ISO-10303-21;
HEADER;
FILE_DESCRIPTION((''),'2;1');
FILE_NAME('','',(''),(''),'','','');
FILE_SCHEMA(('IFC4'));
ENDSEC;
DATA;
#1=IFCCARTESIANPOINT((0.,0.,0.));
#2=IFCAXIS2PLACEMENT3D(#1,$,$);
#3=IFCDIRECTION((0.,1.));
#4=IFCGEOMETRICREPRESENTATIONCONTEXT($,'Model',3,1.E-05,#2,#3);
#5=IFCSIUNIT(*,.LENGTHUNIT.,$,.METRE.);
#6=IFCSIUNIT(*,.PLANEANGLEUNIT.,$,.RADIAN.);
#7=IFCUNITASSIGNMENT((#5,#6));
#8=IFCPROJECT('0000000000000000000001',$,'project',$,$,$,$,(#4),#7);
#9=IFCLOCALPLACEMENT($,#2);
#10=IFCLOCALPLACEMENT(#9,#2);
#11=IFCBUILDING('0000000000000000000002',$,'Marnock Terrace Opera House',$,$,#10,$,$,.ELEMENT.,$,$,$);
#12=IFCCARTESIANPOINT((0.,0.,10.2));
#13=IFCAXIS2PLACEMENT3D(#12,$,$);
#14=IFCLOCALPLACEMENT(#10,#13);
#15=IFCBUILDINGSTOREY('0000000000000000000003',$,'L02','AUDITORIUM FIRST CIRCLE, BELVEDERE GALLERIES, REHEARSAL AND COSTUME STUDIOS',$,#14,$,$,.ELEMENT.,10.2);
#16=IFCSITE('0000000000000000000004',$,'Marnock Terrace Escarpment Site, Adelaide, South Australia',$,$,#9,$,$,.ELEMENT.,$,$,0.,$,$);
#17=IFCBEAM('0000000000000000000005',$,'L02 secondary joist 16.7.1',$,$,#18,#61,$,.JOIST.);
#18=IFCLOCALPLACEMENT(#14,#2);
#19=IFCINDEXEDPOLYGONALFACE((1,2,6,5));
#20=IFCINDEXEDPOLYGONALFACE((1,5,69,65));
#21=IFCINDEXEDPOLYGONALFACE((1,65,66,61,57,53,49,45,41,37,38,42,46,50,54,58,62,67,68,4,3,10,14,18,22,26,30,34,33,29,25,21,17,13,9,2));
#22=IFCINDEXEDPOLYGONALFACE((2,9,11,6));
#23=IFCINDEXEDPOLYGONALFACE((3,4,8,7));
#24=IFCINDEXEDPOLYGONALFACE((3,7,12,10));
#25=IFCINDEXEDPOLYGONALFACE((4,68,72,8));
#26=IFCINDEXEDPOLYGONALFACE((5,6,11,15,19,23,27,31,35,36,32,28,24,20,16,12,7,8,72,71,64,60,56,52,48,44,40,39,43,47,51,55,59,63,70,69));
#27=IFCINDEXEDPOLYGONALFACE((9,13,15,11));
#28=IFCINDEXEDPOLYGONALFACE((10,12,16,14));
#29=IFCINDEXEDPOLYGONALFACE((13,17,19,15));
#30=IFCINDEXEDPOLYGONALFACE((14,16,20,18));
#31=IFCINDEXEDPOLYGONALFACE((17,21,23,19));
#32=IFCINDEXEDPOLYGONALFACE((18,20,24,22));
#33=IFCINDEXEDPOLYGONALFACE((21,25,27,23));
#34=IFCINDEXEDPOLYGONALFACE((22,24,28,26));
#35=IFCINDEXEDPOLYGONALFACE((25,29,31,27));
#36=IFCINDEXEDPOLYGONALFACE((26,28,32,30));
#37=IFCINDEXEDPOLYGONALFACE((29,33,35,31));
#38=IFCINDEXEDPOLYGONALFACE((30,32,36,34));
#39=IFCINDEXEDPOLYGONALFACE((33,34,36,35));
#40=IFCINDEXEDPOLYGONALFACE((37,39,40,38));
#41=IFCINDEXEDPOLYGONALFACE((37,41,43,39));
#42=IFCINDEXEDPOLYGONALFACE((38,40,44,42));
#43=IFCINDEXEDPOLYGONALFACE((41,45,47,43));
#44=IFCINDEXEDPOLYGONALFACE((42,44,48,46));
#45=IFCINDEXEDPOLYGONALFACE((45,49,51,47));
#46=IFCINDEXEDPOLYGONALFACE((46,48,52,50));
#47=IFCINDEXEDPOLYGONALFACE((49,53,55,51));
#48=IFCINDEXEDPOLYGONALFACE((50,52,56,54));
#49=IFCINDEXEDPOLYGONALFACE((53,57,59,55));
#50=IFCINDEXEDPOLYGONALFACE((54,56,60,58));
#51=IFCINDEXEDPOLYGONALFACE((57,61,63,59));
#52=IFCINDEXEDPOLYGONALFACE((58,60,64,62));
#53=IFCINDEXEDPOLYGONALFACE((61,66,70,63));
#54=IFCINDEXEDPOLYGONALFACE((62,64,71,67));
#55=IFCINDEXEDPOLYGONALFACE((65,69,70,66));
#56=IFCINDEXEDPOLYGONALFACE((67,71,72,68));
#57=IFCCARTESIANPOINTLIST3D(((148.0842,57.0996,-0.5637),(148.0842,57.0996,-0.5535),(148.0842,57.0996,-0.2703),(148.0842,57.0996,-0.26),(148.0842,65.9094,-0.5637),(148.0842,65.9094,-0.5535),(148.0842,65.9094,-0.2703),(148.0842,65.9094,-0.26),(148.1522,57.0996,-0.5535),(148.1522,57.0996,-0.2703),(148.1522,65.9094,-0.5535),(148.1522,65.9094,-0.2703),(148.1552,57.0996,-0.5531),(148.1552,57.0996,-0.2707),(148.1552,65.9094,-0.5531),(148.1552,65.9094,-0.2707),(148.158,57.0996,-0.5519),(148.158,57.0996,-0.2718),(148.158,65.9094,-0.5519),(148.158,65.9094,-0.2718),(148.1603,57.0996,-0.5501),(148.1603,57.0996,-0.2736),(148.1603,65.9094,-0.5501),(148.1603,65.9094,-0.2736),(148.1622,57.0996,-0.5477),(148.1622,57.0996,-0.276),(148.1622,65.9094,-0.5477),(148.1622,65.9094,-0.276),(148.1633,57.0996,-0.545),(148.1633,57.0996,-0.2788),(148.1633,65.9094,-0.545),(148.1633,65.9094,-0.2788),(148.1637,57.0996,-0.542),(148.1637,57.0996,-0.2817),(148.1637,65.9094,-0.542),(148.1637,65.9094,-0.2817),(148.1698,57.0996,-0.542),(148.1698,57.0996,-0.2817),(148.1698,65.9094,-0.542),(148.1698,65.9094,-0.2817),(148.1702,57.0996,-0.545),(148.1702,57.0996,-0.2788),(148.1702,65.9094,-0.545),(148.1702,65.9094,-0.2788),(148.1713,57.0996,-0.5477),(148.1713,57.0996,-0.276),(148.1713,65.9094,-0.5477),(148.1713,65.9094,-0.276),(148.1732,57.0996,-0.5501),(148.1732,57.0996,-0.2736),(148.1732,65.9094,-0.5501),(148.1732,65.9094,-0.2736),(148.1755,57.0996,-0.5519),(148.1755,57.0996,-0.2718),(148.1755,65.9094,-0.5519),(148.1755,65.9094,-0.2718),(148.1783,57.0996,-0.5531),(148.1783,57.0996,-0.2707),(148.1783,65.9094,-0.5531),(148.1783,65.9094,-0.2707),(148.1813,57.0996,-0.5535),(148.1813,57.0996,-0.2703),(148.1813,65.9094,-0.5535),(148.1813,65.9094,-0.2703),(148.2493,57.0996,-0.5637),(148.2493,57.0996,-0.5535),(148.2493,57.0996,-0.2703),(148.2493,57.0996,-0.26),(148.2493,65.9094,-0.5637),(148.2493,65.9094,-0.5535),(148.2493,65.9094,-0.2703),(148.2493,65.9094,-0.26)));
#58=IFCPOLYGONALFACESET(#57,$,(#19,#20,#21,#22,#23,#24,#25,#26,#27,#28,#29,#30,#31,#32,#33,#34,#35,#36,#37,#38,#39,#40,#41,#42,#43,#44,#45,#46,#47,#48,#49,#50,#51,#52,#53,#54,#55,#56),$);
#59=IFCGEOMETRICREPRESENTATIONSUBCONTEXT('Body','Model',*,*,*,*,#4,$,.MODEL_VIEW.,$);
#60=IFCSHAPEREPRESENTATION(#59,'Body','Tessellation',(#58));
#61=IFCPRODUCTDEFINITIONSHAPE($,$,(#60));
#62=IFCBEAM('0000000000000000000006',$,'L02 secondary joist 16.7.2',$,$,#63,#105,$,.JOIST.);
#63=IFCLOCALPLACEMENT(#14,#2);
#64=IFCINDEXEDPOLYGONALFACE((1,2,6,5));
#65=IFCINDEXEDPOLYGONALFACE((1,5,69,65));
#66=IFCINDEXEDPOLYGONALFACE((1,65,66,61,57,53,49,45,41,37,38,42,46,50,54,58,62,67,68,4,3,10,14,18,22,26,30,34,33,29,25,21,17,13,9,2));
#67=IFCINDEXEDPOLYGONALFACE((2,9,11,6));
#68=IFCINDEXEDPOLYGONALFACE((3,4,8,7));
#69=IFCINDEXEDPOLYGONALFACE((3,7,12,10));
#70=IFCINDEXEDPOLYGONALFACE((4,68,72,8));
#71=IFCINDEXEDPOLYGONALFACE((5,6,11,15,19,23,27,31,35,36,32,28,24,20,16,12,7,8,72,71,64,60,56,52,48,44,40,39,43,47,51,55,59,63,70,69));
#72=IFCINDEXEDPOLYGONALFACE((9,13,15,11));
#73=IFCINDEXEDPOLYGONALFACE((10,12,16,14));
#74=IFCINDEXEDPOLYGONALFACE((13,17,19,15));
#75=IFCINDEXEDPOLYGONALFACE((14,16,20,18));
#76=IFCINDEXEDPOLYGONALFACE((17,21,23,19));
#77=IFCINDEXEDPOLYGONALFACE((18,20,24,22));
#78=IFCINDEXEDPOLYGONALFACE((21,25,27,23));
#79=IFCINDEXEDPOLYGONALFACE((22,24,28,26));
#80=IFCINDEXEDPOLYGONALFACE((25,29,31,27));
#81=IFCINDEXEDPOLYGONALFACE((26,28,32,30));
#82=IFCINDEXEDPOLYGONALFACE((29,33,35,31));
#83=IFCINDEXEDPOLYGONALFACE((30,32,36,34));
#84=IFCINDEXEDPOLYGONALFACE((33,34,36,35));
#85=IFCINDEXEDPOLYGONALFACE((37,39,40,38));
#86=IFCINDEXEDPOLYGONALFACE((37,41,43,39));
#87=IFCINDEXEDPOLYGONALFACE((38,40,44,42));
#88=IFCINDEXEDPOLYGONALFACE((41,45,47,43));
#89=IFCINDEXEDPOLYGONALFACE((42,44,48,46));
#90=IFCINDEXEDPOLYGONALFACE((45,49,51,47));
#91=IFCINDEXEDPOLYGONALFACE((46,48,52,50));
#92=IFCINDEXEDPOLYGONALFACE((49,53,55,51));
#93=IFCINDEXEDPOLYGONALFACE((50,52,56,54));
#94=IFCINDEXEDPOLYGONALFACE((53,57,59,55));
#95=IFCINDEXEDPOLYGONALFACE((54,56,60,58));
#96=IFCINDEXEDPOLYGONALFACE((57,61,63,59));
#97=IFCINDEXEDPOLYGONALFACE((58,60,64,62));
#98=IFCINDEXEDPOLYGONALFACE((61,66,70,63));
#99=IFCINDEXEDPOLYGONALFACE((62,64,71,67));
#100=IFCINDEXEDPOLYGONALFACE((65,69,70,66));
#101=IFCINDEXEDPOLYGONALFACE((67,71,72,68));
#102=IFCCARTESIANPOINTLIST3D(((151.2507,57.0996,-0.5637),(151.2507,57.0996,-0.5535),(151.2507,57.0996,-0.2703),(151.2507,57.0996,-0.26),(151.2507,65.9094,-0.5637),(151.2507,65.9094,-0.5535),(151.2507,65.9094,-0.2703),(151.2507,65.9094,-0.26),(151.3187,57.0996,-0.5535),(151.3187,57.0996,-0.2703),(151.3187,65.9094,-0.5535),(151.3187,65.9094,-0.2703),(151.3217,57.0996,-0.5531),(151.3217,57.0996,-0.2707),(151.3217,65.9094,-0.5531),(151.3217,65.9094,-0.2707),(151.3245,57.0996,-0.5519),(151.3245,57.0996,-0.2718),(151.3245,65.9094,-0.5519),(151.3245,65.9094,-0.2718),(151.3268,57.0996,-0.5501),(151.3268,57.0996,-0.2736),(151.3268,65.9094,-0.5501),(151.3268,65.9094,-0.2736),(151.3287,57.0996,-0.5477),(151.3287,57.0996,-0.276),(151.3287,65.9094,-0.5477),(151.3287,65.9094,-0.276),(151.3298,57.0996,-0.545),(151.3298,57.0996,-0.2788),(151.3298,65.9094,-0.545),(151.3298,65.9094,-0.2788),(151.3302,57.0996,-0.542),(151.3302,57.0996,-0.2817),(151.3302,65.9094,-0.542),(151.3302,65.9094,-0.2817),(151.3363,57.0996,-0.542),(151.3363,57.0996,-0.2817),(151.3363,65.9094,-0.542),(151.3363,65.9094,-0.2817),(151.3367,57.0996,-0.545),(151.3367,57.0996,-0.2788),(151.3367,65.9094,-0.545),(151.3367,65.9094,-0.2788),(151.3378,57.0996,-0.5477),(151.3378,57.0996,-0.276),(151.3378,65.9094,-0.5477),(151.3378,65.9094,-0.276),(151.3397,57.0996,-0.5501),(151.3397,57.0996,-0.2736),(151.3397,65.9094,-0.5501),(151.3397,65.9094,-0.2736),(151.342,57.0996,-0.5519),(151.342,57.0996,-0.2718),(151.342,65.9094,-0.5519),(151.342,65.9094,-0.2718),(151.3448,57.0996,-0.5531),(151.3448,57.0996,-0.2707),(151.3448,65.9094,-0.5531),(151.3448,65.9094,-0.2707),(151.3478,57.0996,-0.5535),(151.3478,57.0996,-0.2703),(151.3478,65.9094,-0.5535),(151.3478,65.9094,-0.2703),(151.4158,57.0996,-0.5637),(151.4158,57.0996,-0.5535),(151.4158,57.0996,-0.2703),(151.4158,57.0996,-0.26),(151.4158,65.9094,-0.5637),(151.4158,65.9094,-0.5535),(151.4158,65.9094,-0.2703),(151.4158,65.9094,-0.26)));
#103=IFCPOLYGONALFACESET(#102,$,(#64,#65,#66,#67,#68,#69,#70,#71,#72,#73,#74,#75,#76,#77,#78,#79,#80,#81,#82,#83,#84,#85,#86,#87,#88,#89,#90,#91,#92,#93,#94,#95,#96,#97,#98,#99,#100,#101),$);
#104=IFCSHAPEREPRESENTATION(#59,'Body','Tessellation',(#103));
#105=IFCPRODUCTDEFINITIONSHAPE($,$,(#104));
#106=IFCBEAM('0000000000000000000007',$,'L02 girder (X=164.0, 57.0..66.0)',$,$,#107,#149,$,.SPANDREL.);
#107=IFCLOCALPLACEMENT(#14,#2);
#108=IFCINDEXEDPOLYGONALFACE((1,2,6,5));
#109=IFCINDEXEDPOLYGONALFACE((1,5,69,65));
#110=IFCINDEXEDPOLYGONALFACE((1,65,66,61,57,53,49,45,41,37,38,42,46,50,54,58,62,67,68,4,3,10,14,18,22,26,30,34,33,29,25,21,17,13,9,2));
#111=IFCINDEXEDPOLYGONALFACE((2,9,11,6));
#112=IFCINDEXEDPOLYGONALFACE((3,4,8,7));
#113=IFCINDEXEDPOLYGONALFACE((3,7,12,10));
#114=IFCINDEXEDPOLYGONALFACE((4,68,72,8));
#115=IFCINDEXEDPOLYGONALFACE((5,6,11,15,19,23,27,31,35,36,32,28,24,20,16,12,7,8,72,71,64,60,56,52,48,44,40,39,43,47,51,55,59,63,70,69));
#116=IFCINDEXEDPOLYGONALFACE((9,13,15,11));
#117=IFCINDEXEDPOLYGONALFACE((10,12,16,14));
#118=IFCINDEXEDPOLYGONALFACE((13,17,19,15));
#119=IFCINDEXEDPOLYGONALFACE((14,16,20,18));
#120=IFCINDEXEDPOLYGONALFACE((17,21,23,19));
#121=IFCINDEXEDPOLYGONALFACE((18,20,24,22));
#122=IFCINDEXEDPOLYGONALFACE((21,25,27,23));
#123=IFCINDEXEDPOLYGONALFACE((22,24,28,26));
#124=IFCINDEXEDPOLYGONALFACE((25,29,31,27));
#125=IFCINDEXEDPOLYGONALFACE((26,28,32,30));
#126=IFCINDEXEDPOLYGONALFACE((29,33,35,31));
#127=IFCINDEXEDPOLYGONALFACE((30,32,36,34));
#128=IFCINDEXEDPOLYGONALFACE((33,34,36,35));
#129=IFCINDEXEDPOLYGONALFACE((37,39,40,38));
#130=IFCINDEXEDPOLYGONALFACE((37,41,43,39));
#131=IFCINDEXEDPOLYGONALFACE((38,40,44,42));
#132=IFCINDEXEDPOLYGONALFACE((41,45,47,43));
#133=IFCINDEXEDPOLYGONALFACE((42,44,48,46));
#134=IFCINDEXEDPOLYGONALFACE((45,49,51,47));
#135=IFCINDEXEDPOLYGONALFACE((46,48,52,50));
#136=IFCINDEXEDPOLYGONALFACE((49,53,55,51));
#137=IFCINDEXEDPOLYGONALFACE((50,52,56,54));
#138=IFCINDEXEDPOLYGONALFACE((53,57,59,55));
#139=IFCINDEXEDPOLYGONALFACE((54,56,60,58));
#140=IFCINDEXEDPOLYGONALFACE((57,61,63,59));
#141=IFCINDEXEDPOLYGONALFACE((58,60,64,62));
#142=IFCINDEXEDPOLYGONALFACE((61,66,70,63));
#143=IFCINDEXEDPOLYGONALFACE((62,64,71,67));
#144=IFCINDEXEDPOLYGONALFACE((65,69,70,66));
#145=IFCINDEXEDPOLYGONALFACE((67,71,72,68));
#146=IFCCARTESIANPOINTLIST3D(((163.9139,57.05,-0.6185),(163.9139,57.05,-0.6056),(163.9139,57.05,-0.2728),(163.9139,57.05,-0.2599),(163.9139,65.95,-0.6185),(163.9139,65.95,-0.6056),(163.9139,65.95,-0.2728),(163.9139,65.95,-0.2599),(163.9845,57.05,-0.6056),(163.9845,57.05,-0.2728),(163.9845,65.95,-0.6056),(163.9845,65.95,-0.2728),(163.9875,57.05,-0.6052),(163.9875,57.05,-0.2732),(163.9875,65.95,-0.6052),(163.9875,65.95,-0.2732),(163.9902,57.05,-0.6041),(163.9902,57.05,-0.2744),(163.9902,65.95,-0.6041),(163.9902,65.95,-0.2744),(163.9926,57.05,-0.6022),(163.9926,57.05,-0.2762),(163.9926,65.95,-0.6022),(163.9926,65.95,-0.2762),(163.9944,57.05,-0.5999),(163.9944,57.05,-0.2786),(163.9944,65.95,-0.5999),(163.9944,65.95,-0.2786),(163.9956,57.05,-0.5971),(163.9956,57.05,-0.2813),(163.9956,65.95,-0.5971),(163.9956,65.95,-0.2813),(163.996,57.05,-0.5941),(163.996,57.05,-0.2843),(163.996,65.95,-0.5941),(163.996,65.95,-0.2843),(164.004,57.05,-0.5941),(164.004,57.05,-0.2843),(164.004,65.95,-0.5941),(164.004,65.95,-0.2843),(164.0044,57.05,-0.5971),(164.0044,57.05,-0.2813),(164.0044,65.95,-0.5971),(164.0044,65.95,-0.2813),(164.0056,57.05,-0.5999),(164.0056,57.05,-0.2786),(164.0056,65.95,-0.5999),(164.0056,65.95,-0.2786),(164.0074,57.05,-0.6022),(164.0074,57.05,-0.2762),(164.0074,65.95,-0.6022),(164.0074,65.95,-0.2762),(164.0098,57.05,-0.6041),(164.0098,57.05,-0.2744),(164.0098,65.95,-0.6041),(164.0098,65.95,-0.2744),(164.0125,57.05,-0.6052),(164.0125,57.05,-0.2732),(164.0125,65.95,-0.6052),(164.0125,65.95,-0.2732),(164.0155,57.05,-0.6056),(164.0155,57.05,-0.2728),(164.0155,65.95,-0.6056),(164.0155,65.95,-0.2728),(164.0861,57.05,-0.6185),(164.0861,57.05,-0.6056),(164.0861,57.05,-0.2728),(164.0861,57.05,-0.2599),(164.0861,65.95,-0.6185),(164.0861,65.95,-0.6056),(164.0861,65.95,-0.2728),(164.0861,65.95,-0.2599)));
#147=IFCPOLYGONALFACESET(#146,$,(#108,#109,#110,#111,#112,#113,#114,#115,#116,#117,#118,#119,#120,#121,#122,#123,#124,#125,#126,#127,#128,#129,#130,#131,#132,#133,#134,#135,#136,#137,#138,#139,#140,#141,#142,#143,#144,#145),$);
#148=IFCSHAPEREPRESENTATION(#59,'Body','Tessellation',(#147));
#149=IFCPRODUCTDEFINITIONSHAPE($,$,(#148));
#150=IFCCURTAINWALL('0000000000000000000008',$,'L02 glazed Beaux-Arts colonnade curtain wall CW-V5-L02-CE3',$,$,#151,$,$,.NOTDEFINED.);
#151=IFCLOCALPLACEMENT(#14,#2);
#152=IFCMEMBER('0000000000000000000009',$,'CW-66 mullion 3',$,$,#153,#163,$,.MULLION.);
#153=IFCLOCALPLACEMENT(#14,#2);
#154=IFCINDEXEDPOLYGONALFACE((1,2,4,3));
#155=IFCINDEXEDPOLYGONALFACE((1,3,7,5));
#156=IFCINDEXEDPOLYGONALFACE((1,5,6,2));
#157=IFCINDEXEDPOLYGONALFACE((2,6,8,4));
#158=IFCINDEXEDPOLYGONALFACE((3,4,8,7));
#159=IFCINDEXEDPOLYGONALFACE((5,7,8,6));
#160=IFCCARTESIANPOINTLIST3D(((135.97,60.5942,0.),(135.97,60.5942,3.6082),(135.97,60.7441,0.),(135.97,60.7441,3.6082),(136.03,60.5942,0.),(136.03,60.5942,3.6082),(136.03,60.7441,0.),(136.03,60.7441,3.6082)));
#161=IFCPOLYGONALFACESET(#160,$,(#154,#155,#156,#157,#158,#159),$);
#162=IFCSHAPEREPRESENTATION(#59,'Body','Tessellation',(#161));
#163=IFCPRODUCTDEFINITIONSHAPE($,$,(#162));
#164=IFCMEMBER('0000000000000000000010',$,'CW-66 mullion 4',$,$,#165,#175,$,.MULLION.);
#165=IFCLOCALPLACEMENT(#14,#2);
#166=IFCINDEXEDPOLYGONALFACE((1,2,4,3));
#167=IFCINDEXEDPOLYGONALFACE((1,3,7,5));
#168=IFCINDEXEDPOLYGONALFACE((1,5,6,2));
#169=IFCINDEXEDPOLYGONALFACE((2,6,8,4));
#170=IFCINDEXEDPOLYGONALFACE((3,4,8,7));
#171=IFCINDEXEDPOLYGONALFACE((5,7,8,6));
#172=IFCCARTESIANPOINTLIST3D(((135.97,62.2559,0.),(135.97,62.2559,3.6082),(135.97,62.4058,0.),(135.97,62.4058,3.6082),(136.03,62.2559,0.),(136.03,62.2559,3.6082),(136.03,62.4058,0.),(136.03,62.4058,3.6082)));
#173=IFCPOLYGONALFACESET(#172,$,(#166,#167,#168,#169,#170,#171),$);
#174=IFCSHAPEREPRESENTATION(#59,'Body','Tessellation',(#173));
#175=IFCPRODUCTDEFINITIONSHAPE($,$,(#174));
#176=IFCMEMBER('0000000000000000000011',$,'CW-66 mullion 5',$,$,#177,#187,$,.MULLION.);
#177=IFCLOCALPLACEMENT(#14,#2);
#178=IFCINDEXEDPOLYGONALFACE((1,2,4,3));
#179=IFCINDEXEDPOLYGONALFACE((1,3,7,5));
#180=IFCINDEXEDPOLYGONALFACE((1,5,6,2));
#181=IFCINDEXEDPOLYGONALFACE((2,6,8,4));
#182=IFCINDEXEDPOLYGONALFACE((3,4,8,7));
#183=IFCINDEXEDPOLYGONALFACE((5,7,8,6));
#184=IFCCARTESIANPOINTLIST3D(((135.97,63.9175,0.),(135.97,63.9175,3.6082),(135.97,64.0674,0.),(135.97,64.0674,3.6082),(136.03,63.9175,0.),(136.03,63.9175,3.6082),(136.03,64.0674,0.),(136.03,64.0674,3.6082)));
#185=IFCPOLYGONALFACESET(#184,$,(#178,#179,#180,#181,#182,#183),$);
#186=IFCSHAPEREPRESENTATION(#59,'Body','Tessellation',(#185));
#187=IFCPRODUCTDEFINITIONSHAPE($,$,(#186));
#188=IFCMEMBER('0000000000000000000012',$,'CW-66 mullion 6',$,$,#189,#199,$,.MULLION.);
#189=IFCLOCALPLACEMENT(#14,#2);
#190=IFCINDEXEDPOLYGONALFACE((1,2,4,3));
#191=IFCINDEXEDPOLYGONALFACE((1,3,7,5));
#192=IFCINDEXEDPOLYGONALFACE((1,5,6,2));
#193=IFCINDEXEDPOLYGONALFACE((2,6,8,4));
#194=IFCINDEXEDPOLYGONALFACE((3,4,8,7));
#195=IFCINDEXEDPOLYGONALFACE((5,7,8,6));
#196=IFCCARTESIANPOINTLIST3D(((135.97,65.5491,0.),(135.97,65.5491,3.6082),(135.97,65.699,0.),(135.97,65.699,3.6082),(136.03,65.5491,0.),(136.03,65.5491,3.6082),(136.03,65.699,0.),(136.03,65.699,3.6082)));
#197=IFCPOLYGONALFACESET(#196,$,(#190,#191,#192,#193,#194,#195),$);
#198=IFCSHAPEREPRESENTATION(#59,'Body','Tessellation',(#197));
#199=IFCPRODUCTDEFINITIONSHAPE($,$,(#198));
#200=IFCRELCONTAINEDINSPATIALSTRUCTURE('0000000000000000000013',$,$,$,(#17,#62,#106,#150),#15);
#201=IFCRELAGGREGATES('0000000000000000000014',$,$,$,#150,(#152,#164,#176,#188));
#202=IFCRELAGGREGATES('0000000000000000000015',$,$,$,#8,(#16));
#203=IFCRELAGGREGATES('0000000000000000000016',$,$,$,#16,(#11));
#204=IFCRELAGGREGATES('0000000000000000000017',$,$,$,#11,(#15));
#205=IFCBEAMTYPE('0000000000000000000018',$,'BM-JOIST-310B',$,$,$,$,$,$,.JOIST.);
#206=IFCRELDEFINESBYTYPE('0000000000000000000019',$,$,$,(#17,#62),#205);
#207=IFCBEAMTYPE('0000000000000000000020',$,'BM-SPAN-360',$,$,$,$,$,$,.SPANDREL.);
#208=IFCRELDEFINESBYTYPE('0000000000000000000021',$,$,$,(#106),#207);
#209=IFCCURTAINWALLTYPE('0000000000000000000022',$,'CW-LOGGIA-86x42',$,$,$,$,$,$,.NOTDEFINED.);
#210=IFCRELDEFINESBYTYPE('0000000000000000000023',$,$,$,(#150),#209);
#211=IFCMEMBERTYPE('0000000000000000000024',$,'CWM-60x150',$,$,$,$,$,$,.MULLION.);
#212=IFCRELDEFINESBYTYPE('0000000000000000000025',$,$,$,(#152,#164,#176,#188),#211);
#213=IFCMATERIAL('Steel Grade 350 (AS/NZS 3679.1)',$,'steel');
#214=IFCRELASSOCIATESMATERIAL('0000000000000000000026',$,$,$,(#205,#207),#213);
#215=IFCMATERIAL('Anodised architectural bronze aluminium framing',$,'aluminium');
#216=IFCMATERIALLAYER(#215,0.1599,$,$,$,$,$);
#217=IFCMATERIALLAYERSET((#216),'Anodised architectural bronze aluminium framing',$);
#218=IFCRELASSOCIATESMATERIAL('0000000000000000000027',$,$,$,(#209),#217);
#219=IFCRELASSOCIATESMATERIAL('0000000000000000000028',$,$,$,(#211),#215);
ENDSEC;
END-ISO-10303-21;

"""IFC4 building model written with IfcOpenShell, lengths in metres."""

from ifc_helpers import new_model, si_unit, direction, frame, origin, origin_2d, place, context, subcontext, project, spatial, rectangle, i_section, extrude, material, layer, layer_set, material_profile, profile_set, type_object, element, aggregate, save


model = new_model("IFC4")

# Units and contexts
model_context = context("Model", 3, precision=1e-05, world=origin(), true_north=direction((0.0, 1.0)))
body_context = subcontext(model_context, "Body", "Model", "MODEL_VIEW")
ifc_project = project(units=[si_unit("LENGTHUNIT", "METRE"), si_unit("PLANEANGLEUNIT", "RADIAN")], contexts=[model_context])

# Site, building, storey
site_placement = place(None, origin())
site = spatial("IfcSite", under=ifc_project, at=site_placement, Name="Marnock Terrace Escarpment Site, Adelaide, South Australia", CompositionType="ELEMENT", RefElevation=0.0)
building_placement = place(site_placement, origin())
building = spatial("IfcBuilding", under=site, at=building_placement, Name="Marnock Terrace Opera House", CompositionType="ELEMENT")
storey_placement = place(building_placement, frame((0.0, 0.0, 10.2)))
storey = spatial("IfcBuildingStorey", under=building, at=storey_placement, Name="L02", Description="AUDITORIUM FIRST CIRCLE, BELVEDERE GALLERIES, REHEARSAL AND COSTUME STUDIOS", CompositionType="ELEMENT", Elevation=10.2)

# Beams
ifc_material_1 = material(Name="Steel Grade 350 (AS/NZS 3679.1)", Category="steel")
ifc_material_profile_1 = material_profile(ifc_material_1, i_section(OverallWidth=0.165, OverallDepth=0.3037, WebThickness=0.0061, FlangeThickness=0.0103, FilletRadius=0.0115, at=origin_2d()))
ifc_profile_set_1 = profile_set([ifc_material_profile_1], Name="Steel Grade 350 (AS/NZS 3679.1)")
beam_type_1 = type_object("IfcBeamType", Name="BM-JOIST-310B", PredefinedType="JOIST", material=ifc_profile_set_1)
for number, where, z_axis, x_axis, name in (
    (1, (148.1667, 57.0996, -0.4119), (0.0, 1.0, 0.0), (-1.0, 0.0, 0.0), "L02 secondary joist 16.7.1"),
    (2, (151.3333, 57.0996, -0.4119), (0.0, 1.0, 0.0), (-1.0, 0.0, 0.0), "L02 secondary joist 16.7.2"),
):
    element("IfcBeam", number, at=place(storey_placement, frame(where, z_axis=z_axis, x_axis=x_axis)), inside=storey, type_object=beam_type_1, Name=name, PredefinedType="JOIST", context=body_context, shape_type="SweptSolid", body=[
        extrude(i_section(OverallWidth=0.165, OverallDepth=0.3037, WebThickness=0.0061, FlangeThickness=0.0103, FilletRadius=0.0115, at=origin_2d()), origin(), (0.0, 0.0, 1.0), 8.8098),
    ])
ifc_material_profile_2 = material_profile(ifc_material_1, i_section(OverallWidth=0.1721, OverallDepth=0.3586, WebThickness=0.0081, FlangeThickness=0.0129, FilletRadius=0.0115, at=origin_2d()))
ifc_profile_set_2 = profile_set([ifc_material_profile_2], Name="Steel Grade 350 (AS/NZS 3679.1)")
beam_type_2 = type_object("IfcBeamType", Name="BM-SPAN-360", PredefinedType="SPANDREL", material=ifc_profile_set_2)
beam_1_placement = place(storey_placement, frame((164.0, 57.05, -0.4392), z_axis=(0.0, 1.0, 0.0), x_axis=(-1.0, 0.0, 0.0)))
element("IfcBeam", 3, at=beam_1_placement, inside=storey, type_object=beam_type_2, Name="L02 girder (X=164.0, 57.0..66.0)", PredefinedType="SPANDREL", context=body_context, shape_type="SweptSolid", body=[
    extrude(i_section(OverallWidth=0.1721, OverallDepth=0.3586, WebThickness=0.0081, FlangeThickness=0.0129, FilletRadius=0.0115, at=origin_2d()), origin(), (0.0, 0.0, 1.0), 8.8999),
])

# Curtain wall, members
ifc_material_2 = material(Name="Anodised architectural bronze aluminium framing", Category="aluminium")
ifc_layer_1 = layer(ifc_material_2, 0.1599)
ifc_layer_set_1 = layer_set([ifc_layer_1], Name="Anodised architectural bronze aluminium framing")
curtain_wall_type = type_object("IfcCurtainWallType", Name="CW-LOGGIA-86x42", PredefinedType="NOTDEFINED", material=ifc_layer_set_1)
curtain_wall_placement = place(storey_placement, origin())
curtain_wall = element("IfcCurtainWall", 4, at=curtain_wall_placement, inside=storey, type_object=curtain_wall_type, Name="L02 glazed Beaux-Arts colonnade curtain wall CW-V5-L02-CE3", PredefinedType="NOTDEFINED")
ifc_material_profile_3 = material_profile(ifc_material_2, rectangle(XDim=0.0601, YDim=0.1499, at=origin_2d()))
ifc_profile_set_3 = profile_set([ifc_material_profile_3], Name="Anodised architectural bronze aluminium framing")
member_type_1 = type_object("IfcMemberType", Name="CWM-60x150", PredefinedType="MULLION", material=ifc_profile_set_3)
member_1_placement = place(storey_placement, frame((136.0, 60.6692, 0.0), z_axis=(0.0, 0.0, 1.0), x_axis=(-1.0, 0.0, 0.0)))
member_1 = element("IfcMember", 5, at=member_1_placement, type_object=member_type_1, Name="CW-66 mullion 3", PredefinedType="MULLION", context=body_context, shape_type="SweptSolid", body=[
    extrude(rectangle(XDim=0.0601, YDim=0.1499, at=origin_2d()), origin(), (0.0, 0.0, 1.0), 3.6082),
])
member_2_placement = place(storey_placement, frame((136.0, 62.3308, 0.0), z_axis=(0.0, 0.0, 1.0), x_axis=(-1.0, 0.0, 0.0)))
member_2 = element("IfcMember", 6, at=member_2_placement, type_object=member_type_1, Name="CW-66 mullion 4", PredefinedType="MULLION", context=body_context, shape_type="SweptSolid", body=[
    extrude(rectangle(XDim=0.0601, YDim=0.1499, at=origin_2d()), origin(), (0.0, 0.0, 1.0), 3.6082),
])
member_3_placement = place(storey_placement, frame((136.0, 63.9924, 0.0), z_axis=(0.0, 0.0, 1.0), x_axis=(-1.0, 0.0, 0.0)))
member_3 = element("IfcMember", 7, at=member_3_placement, type_object=member_type_1, Name="CW-66 mullion 5", PredefinedType="MULLION", context=body_context, shape_type="SweptSolid", body=[
    extrude(rectangle(XDim=0.0601, YDim=0.1499, at=origin_2d()), origin(), (0.0, 0.0, 1.0), 3.6082),
])
member_4_placement = place(storey_placement, frame((136.0, 65.624, 0.0), z_axis=(0.0, 0.0, 1.0), x_axis=(-1.0, 0.0, 0.0)))
member_4 = element("IfcMember", 8, at=member_4_placement, type_object=member_type_1, Name="CW-66 mullion 6", PredefinedType="MULLION", context=body_context, shape_type="SweptSolid", body=[
    extrude(rectangle(XDim=0.0601, YDim=0.1499, at=origin_2d()), origin(), (0.0, 0.0, 1.0), 3.6082),
])
aggregate(curtain_wall, [member_1, member_2, member_3, member_4])

save(model, "model.ifc")
